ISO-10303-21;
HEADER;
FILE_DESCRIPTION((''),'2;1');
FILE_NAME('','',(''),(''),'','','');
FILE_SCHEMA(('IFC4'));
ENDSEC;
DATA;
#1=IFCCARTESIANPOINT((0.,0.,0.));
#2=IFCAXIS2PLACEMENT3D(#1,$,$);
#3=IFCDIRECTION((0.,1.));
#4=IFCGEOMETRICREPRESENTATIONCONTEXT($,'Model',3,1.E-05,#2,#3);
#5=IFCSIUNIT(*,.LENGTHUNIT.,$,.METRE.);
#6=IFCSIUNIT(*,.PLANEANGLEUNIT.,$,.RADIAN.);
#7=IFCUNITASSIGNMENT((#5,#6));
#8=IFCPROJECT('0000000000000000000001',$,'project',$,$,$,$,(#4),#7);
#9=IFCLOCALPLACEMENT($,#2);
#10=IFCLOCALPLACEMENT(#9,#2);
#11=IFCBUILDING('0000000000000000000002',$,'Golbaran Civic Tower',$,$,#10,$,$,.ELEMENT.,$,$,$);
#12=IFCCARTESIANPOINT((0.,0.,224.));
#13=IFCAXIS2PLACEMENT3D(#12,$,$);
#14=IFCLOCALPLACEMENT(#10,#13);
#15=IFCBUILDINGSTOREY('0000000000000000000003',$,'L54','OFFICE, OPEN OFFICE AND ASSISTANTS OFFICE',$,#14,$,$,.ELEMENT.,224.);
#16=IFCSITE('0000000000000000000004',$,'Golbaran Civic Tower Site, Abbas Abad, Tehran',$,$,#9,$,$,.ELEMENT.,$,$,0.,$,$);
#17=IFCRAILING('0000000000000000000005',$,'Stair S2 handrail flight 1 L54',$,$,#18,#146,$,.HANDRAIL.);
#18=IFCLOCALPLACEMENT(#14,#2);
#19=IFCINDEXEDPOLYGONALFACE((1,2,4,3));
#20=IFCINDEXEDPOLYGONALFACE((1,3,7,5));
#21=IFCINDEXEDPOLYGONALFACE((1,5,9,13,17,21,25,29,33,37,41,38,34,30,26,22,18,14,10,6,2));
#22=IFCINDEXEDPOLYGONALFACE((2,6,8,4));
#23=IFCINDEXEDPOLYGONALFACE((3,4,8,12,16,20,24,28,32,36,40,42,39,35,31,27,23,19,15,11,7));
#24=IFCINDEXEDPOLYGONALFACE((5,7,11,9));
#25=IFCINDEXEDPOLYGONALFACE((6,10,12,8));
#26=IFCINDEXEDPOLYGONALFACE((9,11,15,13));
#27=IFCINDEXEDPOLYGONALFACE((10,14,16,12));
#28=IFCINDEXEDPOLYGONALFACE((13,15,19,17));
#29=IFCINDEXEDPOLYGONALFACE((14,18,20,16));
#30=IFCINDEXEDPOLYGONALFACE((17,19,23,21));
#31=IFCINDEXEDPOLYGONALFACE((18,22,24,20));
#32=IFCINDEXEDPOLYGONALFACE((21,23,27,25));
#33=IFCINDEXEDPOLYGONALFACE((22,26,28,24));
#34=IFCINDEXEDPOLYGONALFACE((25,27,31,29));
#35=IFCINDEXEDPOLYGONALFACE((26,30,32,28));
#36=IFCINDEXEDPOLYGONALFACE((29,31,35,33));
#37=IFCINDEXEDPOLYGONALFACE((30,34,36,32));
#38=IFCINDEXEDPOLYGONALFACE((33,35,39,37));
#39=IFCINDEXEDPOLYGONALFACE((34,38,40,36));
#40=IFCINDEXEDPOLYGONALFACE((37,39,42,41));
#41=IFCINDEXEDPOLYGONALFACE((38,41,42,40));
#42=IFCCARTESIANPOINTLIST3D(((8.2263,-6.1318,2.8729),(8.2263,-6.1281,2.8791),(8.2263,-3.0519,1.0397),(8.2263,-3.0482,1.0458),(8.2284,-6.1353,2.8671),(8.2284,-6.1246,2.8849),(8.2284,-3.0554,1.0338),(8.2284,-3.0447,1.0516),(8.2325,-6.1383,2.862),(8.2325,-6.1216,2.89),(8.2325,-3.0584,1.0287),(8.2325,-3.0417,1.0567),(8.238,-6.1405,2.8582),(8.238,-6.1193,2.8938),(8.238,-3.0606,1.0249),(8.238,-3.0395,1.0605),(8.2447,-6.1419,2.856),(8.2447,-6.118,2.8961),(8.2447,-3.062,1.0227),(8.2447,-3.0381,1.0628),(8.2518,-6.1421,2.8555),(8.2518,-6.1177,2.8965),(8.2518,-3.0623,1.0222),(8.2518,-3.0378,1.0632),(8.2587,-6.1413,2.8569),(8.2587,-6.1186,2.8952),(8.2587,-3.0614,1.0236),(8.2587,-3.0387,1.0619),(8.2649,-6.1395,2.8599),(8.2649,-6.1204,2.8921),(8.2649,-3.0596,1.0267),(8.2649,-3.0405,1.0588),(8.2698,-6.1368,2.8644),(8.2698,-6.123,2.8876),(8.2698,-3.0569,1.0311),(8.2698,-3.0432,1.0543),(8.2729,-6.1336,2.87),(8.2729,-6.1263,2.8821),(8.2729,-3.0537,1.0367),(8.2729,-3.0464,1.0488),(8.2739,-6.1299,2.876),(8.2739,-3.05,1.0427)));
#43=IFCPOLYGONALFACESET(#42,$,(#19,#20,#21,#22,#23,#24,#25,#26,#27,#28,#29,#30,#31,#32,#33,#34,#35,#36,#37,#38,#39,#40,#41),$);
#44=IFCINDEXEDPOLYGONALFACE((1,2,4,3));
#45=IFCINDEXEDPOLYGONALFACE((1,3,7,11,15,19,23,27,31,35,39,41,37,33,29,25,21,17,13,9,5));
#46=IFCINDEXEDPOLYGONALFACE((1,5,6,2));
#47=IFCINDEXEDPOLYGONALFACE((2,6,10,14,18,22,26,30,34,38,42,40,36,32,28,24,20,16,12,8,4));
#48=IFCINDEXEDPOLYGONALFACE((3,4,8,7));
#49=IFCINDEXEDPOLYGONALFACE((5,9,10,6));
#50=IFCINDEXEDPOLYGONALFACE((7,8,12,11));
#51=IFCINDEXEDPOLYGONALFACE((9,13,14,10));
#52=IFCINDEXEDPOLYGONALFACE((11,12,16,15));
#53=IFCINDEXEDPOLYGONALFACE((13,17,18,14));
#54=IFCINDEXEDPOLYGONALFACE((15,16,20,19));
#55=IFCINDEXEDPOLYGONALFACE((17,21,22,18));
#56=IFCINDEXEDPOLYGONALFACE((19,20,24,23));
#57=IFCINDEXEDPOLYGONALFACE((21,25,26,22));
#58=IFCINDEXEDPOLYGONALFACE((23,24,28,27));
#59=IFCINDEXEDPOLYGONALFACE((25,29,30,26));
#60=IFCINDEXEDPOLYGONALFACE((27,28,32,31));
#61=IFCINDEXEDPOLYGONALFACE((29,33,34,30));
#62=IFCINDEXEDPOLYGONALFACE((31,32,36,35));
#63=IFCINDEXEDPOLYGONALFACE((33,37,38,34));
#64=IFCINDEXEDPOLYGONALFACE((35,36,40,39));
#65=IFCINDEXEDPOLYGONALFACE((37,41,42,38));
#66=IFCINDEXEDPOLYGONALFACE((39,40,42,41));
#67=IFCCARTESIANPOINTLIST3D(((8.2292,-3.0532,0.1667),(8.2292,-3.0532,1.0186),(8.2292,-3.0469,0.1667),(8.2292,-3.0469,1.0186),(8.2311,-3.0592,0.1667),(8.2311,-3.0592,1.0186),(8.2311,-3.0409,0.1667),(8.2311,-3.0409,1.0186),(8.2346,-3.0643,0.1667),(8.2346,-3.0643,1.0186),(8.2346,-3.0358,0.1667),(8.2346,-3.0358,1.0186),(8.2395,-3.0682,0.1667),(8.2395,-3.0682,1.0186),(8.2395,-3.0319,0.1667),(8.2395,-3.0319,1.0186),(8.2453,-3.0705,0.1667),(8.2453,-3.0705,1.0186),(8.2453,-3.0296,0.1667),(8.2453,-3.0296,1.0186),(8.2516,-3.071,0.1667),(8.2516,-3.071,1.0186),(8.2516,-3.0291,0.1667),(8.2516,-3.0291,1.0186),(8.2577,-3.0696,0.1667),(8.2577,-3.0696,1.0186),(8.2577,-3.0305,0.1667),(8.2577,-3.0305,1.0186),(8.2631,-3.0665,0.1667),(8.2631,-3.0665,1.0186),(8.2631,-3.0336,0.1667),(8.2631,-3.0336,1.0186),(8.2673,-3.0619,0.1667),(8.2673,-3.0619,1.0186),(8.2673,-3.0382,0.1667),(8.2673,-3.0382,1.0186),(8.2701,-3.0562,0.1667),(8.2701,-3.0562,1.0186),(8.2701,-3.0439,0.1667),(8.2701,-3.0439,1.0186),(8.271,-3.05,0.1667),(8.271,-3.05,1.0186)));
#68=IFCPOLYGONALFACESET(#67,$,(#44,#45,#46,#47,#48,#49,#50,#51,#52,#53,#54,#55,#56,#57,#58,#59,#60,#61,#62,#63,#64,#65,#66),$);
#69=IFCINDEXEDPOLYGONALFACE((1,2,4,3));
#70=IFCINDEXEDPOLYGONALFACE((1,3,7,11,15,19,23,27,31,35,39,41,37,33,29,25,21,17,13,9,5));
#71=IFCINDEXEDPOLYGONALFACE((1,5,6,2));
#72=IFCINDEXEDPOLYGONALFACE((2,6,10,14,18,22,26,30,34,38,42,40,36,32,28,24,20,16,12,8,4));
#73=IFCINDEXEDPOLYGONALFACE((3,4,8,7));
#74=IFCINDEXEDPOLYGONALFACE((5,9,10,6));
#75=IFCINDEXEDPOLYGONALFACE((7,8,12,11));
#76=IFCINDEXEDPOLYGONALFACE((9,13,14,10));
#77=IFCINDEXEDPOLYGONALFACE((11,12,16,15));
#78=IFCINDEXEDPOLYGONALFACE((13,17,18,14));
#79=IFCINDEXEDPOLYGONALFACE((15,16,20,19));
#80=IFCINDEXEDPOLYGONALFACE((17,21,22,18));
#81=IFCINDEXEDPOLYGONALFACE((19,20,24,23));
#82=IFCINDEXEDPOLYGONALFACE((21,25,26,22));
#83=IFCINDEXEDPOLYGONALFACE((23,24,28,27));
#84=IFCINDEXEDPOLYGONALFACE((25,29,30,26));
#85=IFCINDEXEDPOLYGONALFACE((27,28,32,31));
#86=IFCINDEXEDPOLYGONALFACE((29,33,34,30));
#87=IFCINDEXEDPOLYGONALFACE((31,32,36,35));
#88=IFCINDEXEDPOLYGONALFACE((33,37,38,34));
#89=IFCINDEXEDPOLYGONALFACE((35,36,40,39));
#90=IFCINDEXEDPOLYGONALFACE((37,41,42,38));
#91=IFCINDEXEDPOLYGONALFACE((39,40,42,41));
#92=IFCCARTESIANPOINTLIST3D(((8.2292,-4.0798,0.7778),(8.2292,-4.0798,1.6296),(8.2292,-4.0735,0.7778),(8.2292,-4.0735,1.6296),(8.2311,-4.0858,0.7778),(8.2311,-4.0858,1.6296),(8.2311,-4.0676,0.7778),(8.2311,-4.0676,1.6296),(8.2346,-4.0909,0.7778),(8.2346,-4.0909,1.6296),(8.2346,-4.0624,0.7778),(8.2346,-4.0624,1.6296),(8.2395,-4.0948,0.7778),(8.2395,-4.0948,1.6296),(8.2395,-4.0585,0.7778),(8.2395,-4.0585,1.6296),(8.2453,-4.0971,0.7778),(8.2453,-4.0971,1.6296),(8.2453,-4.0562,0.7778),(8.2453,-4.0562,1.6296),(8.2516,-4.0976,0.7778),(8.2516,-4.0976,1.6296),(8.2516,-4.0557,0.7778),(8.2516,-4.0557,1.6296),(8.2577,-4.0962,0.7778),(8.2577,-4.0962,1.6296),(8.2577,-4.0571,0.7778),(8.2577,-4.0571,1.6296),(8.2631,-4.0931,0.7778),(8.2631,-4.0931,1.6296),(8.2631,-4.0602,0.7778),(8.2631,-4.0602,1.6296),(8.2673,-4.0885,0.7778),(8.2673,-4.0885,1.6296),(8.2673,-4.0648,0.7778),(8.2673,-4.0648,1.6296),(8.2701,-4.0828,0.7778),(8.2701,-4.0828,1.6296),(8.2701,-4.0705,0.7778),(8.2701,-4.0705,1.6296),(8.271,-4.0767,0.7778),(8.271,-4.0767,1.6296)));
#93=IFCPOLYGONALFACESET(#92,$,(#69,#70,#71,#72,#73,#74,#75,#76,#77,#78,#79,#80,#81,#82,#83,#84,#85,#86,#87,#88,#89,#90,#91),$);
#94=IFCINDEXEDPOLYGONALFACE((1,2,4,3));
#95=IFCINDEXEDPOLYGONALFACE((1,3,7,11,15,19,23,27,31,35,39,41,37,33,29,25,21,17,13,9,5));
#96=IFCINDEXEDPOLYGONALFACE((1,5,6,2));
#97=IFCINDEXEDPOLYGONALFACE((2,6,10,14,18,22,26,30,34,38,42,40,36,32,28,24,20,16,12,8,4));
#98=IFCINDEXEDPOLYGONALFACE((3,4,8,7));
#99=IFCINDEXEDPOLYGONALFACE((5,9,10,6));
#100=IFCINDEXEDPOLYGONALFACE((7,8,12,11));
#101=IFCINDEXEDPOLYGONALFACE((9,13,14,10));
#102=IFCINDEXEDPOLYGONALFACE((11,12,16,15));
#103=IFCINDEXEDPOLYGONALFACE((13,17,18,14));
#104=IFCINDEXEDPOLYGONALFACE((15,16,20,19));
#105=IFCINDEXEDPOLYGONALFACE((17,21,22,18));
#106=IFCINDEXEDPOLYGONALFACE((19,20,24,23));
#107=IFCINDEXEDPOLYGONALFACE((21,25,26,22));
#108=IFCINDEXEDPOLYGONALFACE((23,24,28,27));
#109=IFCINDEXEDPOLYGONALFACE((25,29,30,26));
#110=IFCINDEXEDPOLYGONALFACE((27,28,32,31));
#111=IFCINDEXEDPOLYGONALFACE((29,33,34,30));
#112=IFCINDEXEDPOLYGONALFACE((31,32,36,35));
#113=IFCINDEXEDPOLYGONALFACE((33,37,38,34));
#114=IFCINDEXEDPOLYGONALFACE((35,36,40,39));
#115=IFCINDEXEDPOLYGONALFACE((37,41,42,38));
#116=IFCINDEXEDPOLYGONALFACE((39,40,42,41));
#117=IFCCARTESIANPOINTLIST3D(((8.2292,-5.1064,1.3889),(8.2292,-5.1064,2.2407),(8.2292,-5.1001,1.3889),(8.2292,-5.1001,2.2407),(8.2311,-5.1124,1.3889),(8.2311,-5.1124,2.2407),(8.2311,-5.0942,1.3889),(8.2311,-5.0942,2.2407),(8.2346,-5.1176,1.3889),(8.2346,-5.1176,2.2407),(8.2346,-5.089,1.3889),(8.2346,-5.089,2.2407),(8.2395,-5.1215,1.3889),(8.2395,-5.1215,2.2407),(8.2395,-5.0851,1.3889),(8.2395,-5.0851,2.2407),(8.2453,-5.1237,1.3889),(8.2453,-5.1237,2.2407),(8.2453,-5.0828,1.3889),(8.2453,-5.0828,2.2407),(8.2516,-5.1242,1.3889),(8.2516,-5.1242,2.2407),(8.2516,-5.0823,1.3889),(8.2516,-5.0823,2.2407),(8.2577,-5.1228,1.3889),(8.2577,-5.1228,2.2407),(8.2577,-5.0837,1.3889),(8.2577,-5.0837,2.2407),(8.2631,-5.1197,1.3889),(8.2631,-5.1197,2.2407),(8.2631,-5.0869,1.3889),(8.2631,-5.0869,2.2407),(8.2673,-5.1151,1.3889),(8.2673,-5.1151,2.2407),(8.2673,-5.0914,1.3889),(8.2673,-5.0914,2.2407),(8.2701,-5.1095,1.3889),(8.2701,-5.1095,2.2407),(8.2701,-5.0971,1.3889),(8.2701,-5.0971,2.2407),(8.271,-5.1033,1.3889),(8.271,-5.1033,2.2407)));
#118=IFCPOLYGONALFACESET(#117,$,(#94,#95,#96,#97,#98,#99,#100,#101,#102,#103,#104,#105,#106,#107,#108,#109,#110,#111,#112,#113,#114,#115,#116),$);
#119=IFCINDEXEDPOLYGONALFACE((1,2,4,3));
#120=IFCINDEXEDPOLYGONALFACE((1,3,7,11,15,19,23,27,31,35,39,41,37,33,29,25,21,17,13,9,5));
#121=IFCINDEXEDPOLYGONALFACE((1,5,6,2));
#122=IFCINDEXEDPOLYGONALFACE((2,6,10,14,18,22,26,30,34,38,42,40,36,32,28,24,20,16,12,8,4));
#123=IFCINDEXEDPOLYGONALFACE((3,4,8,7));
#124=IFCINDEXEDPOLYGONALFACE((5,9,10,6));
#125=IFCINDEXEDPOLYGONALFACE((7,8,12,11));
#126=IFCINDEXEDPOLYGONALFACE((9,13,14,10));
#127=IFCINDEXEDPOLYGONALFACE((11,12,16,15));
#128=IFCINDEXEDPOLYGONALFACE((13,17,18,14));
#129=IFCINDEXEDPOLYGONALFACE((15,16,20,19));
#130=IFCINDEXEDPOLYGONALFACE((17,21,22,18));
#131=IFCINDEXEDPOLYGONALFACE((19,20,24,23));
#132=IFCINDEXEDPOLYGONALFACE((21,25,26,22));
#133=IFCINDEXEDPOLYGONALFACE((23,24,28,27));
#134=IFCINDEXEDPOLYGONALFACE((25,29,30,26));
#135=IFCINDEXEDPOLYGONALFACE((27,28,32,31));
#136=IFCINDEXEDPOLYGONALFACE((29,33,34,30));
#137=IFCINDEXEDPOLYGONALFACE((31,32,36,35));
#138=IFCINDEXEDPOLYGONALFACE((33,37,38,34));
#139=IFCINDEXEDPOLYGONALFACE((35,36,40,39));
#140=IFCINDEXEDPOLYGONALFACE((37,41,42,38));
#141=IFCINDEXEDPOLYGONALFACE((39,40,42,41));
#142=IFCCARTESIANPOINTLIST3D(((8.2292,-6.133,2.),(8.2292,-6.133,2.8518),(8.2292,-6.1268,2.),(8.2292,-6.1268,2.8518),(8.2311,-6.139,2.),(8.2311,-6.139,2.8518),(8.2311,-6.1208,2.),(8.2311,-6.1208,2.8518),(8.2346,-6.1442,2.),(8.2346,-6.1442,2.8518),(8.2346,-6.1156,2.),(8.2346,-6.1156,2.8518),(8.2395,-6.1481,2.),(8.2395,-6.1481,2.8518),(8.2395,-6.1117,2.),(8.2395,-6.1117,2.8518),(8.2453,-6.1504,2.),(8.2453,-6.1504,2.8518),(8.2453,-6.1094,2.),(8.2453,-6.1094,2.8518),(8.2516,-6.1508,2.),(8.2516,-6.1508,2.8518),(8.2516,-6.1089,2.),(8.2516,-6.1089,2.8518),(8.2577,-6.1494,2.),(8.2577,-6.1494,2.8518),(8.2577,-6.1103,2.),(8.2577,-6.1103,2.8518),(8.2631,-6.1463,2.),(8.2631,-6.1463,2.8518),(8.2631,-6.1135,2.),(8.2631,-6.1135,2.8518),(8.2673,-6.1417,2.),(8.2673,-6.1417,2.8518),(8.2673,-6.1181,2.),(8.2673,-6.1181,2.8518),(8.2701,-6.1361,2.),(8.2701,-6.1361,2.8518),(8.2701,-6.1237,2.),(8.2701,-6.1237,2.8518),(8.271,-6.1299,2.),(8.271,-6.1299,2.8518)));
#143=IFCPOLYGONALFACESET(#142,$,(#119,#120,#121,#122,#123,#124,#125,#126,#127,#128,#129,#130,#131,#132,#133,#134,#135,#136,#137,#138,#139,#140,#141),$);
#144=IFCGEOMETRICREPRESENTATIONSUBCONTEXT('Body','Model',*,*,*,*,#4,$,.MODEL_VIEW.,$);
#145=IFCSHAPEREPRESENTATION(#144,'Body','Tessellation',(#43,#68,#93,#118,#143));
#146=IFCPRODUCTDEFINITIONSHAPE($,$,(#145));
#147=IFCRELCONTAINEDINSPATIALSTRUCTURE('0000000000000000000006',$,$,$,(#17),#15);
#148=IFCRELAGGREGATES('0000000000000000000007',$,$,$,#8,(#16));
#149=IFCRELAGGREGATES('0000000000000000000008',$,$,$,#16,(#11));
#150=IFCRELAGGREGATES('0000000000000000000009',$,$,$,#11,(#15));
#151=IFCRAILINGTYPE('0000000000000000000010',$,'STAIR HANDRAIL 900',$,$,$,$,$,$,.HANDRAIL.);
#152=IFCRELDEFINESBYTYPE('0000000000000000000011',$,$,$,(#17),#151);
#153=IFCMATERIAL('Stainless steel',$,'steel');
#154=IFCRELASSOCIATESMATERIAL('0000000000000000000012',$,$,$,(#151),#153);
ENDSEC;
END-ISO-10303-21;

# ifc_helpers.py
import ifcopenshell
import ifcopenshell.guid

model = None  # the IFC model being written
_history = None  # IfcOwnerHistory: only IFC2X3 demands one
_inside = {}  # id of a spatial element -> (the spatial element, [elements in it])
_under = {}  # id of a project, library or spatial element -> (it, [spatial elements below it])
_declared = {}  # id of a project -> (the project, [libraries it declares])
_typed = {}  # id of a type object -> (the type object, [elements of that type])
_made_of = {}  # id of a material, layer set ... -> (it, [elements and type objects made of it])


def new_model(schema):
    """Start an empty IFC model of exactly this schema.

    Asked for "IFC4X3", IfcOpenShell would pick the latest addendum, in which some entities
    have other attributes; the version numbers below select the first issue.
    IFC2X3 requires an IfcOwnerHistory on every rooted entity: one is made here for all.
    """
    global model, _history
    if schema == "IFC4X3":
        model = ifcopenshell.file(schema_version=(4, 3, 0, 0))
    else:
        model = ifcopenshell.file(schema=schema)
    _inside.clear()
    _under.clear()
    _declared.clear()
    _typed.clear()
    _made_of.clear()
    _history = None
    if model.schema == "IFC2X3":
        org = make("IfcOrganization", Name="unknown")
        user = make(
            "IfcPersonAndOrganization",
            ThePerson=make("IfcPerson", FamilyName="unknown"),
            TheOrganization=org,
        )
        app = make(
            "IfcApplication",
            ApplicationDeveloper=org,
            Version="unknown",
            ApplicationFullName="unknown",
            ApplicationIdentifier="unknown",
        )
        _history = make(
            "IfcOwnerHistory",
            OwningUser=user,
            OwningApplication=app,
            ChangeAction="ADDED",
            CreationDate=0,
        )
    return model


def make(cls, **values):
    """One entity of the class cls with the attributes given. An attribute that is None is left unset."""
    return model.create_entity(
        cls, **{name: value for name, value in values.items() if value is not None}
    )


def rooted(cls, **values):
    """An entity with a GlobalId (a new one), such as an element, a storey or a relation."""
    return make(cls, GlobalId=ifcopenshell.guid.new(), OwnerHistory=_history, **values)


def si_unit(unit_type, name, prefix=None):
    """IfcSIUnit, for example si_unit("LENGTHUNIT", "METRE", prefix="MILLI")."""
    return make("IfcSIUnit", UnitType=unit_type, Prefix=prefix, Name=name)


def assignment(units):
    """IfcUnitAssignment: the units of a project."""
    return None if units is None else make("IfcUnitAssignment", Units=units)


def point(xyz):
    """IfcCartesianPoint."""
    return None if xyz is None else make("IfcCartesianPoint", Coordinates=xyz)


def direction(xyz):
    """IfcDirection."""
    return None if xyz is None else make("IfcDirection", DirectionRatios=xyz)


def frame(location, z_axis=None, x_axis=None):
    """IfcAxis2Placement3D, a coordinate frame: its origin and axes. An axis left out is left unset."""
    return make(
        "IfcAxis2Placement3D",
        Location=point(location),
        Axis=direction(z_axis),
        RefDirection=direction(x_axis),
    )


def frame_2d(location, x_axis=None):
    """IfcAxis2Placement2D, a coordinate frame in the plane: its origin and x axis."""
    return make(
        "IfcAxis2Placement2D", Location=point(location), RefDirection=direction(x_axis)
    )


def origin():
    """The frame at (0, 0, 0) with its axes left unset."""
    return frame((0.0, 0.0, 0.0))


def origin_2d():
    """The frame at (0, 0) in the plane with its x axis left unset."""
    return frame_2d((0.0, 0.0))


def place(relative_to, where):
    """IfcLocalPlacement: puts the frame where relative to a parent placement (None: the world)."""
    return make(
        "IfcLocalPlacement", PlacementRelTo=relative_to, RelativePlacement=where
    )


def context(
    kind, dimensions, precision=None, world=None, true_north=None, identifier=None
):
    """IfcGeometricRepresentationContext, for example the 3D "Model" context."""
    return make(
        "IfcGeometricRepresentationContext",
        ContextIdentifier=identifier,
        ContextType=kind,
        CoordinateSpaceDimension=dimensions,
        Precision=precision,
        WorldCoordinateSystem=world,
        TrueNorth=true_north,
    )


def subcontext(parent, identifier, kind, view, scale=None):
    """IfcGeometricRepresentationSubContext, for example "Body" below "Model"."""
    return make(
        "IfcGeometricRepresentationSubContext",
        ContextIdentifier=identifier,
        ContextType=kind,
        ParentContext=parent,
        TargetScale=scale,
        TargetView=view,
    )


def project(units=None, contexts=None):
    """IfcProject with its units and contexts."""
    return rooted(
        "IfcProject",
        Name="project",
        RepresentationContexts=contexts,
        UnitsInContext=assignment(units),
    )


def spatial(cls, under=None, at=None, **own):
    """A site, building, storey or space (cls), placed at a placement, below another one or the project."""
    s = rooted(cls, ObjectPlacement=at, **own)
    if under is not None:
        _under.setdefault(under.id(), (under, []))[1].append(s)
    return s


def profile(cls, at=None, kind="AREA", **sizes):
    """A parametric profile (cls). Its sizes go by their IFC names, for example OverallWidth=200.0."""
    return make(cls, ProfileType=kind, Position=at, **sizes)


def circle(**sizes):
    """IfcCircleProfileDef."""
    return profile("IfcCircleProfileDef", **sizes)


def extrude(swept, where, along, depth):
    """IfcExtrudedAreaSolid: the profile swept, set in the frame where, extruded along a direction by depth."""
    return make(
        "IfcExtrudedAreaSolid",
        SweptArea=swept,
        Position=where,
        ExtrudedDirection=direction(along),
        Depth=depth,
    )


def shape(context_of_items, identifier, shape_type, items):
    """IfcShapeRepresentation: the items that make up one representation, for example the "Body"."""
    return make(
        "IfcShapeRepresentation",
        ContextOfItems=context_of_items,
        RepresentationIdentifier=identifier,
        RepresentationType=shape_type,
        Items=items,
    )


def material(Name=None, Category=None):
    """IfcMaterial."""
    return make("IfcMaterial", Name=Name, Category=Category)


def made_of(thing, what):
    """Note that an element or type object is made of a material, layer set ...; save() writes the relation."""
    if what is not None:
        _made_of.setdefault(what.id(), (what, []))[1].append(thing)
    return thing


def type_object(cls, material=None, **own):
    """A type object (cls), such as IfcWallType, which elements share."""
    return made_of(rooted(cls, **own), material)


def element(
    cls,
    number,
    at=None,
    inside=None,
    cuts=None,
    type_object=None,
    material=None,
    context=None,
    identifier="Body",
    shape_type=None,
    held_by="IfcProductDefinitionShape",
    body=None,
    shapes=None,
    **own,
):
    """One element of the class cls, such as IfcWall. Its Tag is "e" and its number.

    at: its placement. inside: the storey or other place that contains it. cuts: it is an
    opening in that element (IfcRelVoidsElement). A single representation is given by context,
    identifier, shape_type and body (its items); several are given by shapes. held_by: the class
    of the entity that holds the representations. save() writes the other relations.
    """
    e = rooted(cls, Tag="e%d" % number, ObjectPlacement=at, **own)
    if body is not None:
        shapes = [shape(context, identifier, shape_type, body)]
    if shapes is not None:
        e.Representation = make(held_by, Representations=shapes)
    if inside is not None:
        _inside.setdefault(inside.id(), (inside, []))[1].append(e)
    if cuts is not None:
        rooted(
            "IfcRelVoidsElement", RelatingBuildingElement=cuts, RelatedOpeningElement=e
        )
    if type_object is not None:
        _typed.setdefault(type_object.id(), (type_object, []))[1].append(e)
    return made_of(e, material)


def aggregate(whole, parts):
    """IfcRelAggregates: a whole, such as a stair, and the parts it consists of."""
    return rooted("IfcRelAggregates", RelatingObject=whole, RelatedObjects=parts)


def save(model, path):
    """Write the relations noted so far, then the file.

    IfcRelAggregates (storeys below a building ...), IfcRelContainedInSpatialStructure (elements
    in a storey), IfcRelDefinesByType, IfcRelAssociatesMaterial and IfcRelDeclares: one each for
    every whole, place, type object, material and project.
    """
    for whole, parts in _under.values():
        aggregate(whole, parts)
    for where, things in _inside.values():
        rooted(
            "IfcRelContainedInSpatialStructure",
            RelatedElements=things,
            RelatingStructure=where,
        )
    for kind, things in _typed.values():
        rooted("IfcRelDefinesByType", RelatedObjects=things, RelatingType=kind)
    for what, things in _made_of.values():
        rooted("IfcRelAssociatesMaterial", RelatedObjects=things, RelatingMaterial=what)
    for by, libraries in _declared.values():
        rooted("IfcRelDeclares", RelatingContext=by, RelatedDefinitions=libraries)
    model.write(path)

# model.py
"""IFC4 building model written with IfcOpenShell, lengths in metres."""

from ifc_helpers import new_model, si_unit, direction, frame, origin, origin_2d, place, context, subcontext, project, spatial, circle, extrude, material, type_object, element, save


model = new_model("IFC4")

# Units and contexts
model_context = context("Model", 3, precision=1e-05, world=origin(), true_north=direction((0.0, 1.0)))
body_context = subcontext(model_context, "Body", "Model", "MODEL_VIEW")
ifc_project = project(units=[si_unit("LENGTHUNIT", "METRE"), si_unit("PLANEANGLEUNIT", "RADIAN")], contexts=[model_context])

# Site, building, storey
site_placement = place(None, origin())
site = spatial("IfcSite", under=ifc_project, at=site_placement, Name="Golbaran Civic Tower Site, Abbas Abad, Tehran", CompositionType="ELEMENT", RefElevation=0.0)
building_placement = place(site_placement, origin())
building = spatial("IfcBuilding", under=site, at=building_placement, Name="Golbaran Civic Tower", CompositionType="ELEMENT")
storey_placement = place(building_placement, frame((0.0, 0.0, 224.0)))
storey = spatial("IfcBuildingStorey", under=building, at=storey_placement, Name="L54", Description="OFFICE, OPEN OFFICE AND ASSISTANTS OFFICE", CompositionType="ELEMENT", Elevation=224.0)

# Railing
ifc_material_1 = material(Name="Stainless steel", Category="steel")
railing_type = type_object("IfcRailingType", Name="STAIR HANDRAIL 900", PredefinedType="HANDRAIL", material=ifc_material_1)
railing_placement = place(storey_placement, frame((8.25, -3.05, 0.1667)))
element("IfcRailing", 1, at=railing_placement, inside=storey, type_object=railing_type, Name="Stair S2 handrail flight 1 L54", PredefinedType="HANDRAIL", context=body_context, shape_type="SweptSolid", body=[
    extrude(circle(Radius=0.0239, at=origin_2d()), frame((0.0, 0.0, 0.876), z_axis=(0.0, -0.859291, 0.511487), x_axis=(1.0, 0.0, 0.0)), (0.0, 0.0, 1.0), 3.5842),
    extrude(circle(Radius=0.021, at=origin_2d()), origin(), (0.0, 0.0, 1.0), 0.8518),
    extrude(circle(Radius=0.021, at=origin_2d()), frame((0.0, -1.0266, 0.6111)), (0.0, 0.0, 1.0), 0.8518),
    extrude(circle(Radius=0.021, at=origin_2d()), frame((0.0, -2.0532, 1.2222)), (0.0, 0.0, 1.0), 0.8518),
    extrude(circle(Radius=0.021, at=origin_2d()), frame((0.0, -3.0798, 1.8333)), (0.0, 0.0, 1.0), 0.8518),
])

save(model, "model.ifc")
